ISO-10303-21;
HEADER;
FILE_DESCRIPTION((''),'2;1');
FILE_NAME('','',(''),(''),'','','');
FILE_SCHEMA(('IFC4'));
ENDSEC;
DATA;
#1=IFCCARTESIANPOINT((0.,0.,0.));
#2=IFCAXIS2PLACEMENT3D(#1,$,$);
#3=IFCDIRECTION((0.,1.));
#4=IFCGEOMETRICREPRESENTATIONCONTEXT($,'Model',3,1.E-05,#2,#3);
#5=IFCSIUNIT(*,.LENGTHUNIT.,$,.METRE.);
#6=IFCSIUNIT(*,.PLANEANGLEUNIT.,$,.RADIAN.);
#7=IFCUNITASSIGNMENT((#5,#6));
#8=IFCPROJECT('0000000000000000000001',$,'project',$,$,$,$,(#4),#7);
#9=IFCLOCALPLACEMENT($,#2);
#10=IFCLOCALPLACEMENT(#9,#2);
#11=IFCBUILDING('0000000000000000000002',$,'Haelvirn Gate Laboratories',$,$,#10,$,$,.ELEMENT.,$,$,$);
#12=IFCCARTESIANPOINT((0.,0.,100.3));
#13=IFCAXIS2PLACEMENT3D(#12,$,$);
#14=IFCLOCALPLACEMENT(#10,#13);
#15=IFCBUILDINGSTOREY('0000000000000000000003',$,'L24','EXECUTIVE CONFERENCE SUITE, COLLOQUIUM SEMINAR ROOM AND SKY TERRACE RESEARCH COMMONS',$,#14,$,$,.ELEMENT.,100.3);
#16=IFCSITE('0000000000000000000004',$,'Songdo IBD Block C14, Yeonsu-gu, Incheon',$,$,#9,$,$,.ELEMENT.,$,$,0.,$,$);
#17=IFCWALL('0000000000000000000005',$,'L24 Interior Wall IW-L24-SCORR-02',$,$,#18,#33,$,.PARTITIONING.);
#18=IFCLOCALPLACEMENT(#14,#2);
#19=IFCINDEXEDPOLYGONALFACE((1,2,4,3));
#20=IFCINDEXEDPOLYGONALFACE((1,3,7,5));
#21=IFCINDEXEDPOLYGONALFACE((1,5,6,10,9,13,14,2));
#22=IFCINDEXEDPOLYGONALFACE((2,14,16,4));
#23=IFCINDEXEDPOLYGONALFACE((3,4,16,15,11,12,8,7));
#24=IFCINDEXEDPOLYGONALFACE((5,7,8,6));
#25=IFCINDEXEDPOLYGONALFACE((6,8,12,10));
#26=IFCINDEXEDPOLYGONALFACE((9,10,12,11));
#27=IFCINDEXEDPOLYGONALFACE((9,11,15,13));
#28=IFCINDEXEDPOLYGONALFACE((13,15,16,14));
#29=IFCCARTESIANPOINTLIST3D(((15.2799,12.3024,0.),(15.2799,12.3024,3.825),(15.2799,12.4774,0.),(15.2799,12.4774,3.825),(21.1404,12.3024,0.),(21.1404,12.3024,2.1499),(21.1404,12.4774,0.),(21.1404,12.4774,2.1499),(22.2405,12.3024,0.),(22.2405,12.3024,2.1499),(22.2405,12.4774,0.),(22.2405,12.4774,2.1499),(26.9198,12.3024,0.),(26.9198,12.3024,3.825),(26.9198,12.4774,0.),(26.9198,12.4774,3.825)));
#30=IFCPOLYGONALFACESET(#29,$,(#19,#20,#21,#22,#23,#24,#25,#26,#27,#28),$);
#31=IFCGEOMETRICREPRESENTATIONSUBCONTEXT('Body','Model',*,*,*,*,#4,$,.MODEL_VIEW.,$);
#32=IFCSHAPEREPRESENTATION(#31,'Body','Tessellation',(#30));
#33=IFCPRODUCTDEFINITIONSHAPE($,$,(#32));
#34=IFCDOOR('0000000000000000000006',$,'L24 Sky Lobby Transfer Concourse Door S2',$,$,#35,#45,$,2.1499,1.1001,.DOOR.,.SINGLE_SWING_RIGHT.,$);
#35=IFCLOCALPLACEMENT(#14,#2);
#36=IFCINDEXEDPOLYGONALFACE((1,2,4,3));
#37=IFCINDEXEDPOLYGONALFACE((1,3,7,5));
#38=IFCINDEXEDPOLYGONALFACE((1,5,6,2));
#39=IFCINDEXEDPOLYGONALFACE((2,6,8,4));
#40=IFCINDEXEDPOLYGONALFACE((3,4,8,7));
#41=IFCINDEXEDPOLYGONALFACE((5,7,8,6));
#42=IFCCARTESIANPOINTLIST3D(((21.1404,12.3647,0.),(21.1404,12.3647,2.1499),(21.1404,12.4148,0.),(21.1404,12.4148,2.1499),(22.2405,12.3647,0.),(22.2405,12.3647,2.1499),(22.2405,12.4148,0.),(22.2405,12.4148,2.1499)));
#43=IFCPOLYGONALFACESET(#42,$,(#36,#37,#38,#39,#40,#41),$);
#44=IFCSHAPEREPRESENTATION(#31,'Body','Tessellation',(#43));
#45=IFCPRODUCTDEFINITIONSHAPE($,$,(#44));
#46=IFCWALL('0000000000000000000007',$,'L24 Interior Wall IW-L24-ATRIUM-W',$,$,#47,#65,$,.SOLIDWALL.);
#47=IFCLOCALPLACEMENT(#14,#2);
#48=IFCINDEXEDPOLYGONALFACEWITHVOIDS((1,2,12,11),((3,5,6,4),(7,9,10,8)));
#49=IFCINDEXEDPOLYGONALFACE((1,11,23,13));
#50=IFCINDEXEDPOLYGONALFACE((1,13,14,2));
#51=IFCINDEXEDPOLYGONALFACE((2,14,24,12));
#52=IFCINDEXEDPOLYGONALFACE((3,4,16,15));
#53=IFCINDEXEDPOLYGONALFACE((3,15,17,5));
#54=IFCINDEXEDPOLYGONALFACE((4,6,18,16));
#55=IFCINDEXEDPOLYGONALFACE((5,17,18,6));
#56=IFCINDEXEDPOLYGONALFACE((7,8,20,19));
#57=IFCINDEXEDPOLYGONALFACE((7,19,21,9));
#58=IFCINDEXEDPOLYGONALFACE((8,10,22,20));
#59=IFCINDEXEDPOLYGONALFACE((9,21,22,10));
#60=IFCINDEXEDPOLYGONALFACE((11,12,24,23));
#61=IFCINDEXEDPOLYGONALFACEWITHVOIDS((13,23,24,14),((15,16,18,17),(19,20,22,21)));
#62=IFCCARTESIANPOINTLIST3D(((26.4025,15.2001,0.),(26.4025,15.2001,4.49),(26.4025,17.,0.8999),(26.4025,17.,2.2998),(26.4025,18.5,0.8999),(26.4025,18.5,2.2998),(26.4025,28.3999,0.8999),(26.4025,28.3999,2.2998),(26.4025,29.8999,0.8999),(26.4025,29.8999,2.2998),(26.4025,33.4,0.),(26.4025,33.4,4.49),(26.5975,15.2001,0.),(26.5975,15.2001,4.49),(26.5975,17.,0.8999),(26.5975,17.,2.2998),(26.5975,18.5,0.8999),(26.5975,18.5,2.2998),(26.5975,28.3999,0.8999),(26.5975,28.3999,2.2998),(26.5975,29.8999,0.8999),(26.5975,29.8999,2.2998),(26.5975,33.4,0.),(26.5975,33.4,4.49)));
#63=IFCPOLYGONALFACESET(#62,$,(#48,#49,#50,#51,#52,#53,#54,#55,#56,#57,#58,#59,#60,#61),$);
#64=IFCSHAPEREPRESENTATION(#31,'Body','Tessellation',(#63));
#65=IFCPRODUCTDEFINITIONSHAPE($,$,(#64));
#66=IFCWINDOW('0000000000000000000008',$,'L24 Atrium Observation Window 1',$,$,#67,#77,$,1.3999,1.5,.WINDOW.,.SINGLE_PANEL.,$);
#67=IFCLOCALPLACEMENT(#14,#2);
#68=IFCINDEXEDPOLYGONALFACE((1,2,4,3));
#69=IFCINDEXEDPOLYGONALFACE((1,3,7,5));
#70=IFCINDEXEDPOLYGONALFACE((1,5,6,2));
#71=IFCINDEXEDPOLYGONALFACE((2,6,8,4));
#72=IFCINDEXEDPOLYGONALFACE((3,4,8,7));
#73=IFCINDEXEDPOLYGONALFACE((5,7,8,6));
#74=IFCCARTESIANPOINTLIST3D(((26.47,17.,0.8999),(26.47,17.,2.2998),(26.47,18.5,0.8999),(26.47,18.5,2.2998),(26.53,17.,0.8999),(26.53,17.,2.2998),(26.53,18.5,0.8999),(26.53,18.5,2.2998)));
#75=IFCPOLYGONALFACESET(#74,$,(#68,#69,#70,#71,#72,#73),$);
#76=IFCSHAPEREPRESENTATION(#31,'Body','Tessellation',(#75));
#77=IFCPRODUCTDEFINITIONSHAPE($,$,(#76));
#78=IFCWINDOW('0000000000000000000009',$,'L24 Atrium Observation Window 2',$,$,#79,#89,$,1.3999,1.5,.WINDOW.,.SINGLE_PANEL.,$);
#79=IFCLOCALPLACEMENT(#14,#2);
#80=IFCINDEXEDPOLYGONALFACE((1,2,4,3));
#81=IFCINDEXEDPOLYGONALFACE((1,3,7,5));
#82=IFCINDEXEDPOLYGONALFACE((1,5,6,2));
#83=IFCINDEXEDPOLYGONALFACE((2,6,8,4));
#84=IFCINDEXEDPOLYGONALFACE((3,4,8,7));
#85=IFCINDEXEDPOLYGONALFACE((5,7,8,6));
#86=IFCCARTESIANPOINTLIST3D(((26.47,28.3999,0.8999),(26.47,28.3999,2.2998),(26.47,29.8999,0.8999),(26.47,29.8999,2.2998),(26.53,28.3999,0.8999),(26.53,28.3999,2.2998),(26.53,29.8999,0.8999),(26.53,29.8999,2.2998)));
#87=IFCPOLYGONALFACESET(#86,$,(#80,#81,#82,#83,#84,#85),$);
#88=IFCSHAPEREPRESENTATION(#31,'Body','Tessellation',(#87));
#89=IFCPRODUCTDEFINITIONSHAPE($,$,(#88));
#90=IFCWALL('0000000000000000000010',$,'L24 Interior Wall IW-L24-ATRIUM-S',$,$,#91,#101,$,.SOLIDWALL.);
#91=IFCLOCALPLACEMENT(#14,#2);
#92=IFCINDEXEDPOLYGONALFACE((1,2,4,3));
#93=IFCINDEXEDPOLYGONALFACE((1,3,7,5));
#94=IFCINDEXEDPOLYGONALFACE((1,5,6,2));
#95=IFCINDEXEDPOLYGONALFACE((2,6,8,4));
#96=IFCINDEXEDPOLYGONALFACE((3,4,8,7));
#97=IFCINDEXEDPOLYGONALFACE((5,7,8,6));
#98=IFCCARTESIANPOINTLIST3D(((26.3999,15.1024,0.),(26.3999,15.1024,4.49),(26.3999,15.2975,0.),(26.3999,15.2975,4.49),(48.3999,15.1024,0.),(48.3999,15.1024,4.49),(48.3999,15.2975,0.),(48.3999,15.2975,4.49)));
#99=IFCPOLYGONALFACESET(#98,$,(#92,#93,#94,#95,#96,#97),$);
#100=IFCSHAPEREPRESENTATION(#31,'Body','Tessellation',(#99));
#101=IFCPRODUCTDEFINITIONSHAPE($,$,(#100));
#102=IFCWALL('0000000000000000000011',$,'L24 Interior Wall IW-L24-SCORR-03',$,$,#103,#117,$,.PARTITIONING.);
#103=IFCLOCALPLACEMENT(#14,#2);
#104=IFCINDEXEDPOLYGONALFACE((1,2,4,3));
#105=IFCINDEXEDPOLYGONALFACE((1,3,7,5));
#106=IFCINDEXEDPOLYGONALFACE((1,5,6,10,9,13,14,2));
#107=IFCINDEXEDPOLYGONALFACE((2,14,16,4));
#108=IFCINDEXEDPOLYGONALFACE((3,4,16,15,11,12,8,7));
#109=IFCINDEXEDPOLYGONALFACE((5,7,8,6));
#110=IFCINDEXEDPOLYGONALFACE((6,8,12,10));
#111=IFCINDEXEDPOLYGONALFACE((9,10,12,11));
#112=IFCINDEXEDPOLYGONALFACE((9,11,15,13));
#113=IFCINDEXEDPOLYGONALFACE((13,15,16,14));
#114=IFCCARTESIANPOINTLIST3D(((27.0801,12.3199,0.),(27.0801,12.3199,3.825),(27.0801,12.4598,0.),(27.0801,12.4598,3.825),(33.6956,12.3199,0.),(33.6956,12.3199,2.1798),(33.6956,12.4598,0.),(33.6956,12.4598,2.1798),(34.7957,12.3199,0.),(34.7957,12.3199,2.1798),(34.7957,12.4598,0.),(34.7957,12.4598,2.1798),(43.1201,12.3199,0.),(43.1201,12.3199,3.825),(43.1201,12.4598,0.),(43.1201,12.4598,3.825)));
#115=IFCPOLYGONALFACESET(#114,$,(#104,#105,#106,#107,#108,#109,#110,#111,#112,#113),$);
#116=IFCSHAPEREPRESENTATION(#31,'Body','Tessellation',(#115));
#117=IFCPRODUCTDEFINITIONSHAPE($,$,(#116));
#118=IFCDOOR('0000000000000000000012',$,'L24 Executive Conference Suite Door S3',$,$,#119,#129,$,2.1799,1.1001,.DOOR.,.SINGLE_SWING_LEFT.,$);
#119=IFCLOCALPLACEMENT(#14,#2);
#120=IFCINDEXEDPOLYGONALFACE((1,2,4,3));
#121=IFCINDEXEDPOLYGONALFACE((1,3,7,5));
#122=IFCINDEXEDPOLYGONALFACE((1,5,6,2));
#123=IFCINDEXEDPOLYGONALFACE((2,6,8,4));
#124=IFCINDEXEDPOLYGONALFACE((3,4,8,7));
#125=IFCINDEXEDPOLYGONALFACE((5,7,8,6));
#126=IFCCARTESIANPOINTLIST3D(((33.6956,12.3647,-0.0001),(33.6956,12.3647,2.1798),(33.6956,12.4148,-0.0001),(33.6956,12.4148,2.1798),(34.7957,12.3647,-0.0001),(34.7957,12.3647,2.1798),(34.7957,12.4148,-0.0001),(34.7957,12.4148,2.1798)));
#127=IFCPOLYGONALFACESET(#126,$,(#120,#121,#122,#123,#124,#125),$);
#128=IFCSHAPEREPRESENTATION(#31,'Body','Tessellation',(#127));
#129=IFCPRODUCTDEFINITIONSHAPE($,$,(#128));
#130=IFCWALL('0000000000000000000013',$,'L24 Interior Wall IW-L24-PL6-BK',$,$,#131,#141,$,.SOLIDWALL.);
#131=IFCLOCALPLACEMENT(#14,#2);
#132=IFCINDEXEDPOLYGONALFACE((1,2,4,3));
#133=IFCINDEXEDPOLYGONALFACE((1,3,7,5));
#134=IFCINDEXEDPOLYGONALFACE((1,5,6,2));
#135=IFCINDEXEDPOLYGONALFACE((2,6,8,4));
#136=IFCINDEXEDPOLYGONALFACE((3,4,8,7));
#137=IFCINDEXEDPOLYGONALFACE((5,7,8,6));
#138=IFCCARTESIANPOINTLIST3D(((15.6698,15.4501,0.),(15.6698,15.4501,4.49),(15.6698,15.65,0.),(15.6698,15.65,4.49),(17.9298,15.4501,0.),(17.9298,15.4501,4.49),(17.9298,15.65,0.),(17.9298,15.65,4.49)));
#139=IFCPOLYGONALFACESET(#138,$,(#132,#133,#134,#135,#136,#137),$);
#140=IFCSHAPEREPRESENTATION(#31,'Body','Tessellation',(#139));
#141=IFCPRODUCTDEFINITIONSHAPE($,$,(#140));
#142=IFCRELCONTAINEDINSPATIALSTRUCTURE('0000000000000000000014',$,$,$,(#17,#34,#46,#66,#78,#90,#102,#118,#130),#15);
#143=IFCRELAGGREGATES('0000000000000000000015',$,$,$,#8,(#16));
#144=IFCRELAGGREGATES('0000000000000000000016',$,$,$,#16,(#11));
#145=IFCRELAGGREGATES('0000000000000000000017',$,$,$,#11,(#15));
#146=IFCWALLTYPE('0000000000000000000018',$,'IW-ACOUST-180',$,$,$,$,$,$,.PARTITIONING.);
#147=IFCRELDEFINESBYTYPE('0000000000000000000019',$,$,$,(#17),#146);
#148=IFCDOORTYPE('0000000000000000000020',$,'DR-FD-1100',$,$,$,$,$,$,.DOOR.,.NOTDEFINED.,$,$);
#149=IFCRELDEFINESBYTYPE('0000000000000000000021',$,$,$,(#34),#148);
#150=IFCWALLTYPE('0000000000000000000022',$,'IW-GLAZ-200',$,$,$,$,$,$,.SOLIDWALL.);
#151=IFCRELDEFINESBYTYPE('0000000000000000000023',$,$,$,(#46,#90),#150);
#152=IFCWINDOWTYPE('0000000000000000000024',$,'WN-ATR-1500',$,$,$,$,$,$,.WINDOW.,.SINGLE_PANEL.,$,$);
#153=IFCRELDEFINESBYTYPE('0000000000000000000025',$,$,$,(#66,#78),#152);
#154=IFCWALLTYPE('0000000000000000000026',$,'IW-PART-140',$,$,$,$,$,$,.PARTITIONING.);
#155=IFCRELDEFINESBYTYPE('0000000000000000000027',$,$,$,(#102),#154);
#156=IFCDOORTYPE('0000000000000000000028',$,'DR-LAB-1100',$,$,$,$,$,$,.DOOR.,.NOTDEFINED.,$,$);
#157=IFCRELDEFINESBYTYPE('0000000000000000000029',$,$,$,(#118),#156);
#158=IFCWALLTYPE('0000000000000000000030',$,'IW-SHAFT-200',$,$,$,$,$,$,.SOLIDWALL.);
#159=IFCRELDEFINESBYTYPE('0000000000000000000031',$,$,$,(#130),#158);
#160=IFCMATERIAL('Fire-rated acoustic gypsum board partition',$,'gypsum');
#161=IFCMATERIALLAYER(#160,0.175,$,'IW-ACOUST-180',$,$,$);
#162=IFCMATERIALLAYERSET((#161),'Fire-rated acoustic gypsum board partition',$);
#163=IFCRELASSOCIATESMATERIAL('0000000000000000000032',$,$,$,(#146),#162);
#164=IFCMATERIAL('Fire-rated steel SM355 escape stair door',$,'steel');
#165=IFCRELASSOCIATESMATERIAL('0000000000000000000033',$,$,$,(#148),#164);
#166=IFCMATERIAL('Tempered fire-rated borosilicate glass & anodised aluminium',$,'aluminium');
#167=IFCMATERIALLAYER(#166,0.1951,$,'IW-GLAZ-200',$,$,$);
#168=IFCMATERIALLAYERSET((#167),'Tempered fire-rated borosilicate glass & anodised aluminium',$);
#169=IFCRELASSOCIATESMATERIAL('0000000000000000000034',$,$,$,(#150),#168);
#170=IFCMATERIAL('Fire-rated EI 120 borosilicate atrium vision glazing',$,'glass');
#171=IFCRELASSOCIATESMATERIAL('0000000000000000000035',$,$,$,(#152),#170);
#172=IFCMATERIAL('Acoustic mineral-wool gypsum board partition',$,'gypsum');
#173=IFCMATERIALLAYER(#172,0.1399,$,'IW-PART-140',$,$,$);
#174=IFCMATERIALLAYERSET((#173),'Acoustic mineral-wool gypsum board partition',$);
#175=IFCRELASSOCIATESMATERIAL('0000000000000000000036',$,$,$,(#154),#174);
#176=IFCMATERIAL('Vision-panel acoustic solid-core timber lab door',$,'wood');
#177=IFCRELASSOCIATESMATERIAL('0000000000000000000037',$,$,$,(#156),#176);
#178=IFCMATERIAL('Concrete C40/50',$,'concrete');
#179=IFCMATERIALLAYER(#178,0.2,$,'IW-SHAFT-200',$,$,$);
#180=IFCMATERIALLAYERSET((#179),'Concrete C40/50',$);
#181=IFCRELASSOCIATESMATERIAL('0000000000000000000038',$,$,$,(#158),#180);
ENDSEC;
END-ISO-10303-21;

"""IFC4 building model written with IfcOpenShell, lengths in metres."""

from ifc_helpers import new_model, si_unit, direction, frame, frame_2d, origin, place, context, subcontext, project, spatial, rectangle, extrude, source, transform, mapped, material, layer, layer_set, type_object, type_shapes, element, fill, save


model = new_model("IFC4")

# Units and contexts
model_context = context("Model", 3, precision=1e-05, world=origin(), true_north=direction((0.0, 1.0)))
body_context = subcontext(model_context, "Body", "Model", "MODEL_VIEW")
ifc_project = project(units=[si_unit("LENGTHUNIT", "METRE"), si_unit("PLANEANGLEUNIT", "RADIAN")], contexts=[model_context])

# Site, building, storey
site_placement = place(None, origin())
site = spatial("IfcSite", under=ifc_project, at=site_placement, Name="Songdo IBD Block C14, Yeonsu-gu, Incheon", CompositionType="ELEMENT", RefElevation=0.0)
building_placement = place(site_placement, origin())
building = spatial("IfcBuilding", under=site, at=building_placement, Name="Haelvirn Gate Laboratories", CompositionType="ELEMENT")
storey_placement = place(building_placement, frame((0.0, 0.0, 100.3)))
storey = spatial("IfcBuildingStorey", under=building, at=storey_placement, Name="L24", Description="EXECUTIVE CONFERENCE SUITE, COLLOQUIUM SEMINAR ROOM AND SKY TERRACE RESEARCH COMMONS", CompositionType="ELEMENT", Elevation=100.3)

# Wall, opening, door
ifc_material_1 = material(Name="Fire-rated acoustic gypsum board partition", Category="gypsum")
ifc_layer_1 = layer(ifc_material_1, 0.175, Name="IW-ACOUST-180")
ifc_layer_set_1 = layer_set([ifc_layer_1], Name="Fire-rated acoustic gypsum board partition")
wall_type_1 = type_object("IfcWallType", Name="IW-ACOUST-180", PredefinedType="PARTITIONING", material=ifc_layer_set_1)
wall_1_placement = place(storey_placement, frame((15.28, 12.3899, 0.0), z_axis=(0.0, 0.0, 1.0), x_axis=(1.0, 0.0, 0.0)))
wall_1 = element("IfcWall", 1, at=wall_1_placement, inside=storey, type_object=wall_type_1, Name="L24 Interior Wall IW-L24-SCORR-02", PredefinedType="PARTITIONING", context=body_context, shape_type="SweptSolid", body=[
    extrude(rectangle(XDim=11.6399, YDim=0.175, at=frame_2d((5.8198, 0.0))), origin(), (0.0, 0.0, 1.0), 3.825),
])
opening_1_placement = place(wall_1_placement, frame((5.8604, 0.0, 0.0)))
opening_1 = element("IfcOpeningElement", 2, at=opening_1_placement, cuts=wall_1, PredefinedType="OPENING", context=body_context, shape_type="SweptSolid", body=[
    extrude(rectangle(XDim=1.1001, YDim=2.1499, at=frame_2d((0.55, 1.075))), frame((0.0, 0.0977, 0.0), z_axis=(0.0, -1.0, 0.0), x_axis=(1.0, 0.0, 0.0)), (0.0, 0.0, 1.0), 0.1951),
])
ifc_material_2 = material(Name="Fire-rated steel SM355 escape stair door", Category="steel")
door_type_1 = type_object("IfcDoorType", Name="DR-FD-1100", OperationType="NOTDEFINED", PredefinedType="DOOR", material=ifc_material_2)
shared_shape_1 = source(origin(), body_context, "Body", "SweptSolid", [
    extrude(rectangle(XDim=1.1001, YDim=2.1499, at=frame_2d((0.55, 1.075))), frame((0.0, 0.0249, 0.0), z_axis=(0.0, -1.0, 0.0), x_axis=(1.0, 0.0, 0.0)), (0.0, 0.0, 1.0), 0.05),
])
type_shapes(door_type_1, [shared_shape_1])
door_1_placement = place(opening_1_placement, origin())
door_1 = element("IfcDoor", 3, at=door_1_placement, inside=storey, type_object=door_type_1, Name="L24 Sky Lobby Transfer Concourse Door S2", OperationType="SINGLE_SWING_RIGHT", OverallHeight=2.1499, OverallWidth=1.1001, PredefinedType="DOOR", context=body_context, shape_type="MappedRepresentation", body=[
    mapped(shared_shape_1, transform((0.0, 0.0, 0.0), scale=1.0)),
])
fill(opening_1, door_1)

# Wall, openings, windows
ifc_material_3 = material(Name="Tempered fire-rated borosilicate glass & anodised aluminium", Category="aluminium")
ifc_layer_2 = layer(ifc_material_3, 0.1951, Name="IW-GLAZ-200")
ifc_layer_set_2 = layer_set([ifc_layer_2], Name="Tempered fire-rated borosilicate glass & anodised aluminium")
wall_type_2 = type_object("IfcWallType", Name="IW-GLAZ-200", PredefinedType="SOLIDWALL", material=ifc_layer_set_2)
wall_2_placement = place(storey_placement, frame((26.5, 15.2, 0.0), z_axis=(0.0, 0.0, 1.0), x_axis=(0.0, 1.0, 0.0)))
wall_2 = element("IfcWall", 4, at=wall_2_placement, inside=storey, type_object=wall_type_2, Name="L24 Interior Wall IW-L24-ATRIUM-W", PredefinedType="SOLIDWALL", context=body_context, shape_type="SweptSolid", body=[
    extrude(rectangle(XDim=18.2, YDim=0.1951, at=frame_2d((9.1001, 0.0))), origin(), (0.0, 0.0, 1.0), 4.49),
])
opening_2_placement = place(wall_2_placement, frame((1.8, 0.0, 0.8999)))
opening_2 = element("IfcOpeningElement", 5, at=opening_2_placement, cuts=wall_2, PredefinedType="OPENING", context=body_context, shape_type="SweptSolid", body=[
    extrude(rectangle(XDim=1.5, YDim=1.3999, at=frame_2d((0.75, 0.7))), frame((0.0, 0.1074, 0.0), z_axis=(0.0, -1.0, 0.0), x_axis=(1.0, 0.0, 0.0)), (0.0, 0.0, 1.0), 0.2151),
])
opening_3_placement = place(wall_2_placement, frame((13.2, 0.0, 0.8999)))
opening_3 = element("IfcOpeningElement", 6, at=opening_3_placement, cuts=wall_2, PredefinedType="OPENING", context=body_context, shape_type="SweptSolid", body=[
    extrude(rectangle(XDim=1.5, YDim=1.3999, at=frame_2d((0.75, 0.7))), frame((0.0, 0.1074, 0.0), z_axis=(0.0, -1.0, 0.0), x_axis=(1.0, 0.0, 0.0)), (0.0, 0.0, 1.0), 0.2151),
])
ifc_material_4 = material(Name="Fire-rated EI 120 borosilicate atrium vision glazing", Category="glass")
window_type = type_object("IfcWindowType", Name="WN-ATR-1500", PartitioningType="SINGLE_PANEL", PredefinedType="WINDOW", material=ifc_material_4)
shared_shape_2 = source(origin(), body_context, "Body", "SweptSolid", [
    extrude(rectangle(XDim=1.5, YDim=1.3999, at=frame_2d((0.75, 0.7))), frame((0.0, 0.03, 0.0), z_axis=(0.0, -1.0, 0.0), x_axis=(1.0, 0.0, 0.0)), (0.0, 0.0, 1.0), 0.0601),
])
type_shapes(window_type, [shared_shape_2])
window_1_placement = place(opening_2_placement, origin())
window_1 = element("IfcWindow", 7, at=window_1_placement, inside=storey, type_object=window_type, Name="L24 Atrium Observation Window 1", OverallHeight=1.3999, OverallWidth=1.5, PartitioningType="SINGLE_PANEL", PredefinedType="WINDOW", context=body_context, shape_type="MappedRepresentation", body=[
    mapped(shared_shape_2, transform((0.0, 0.0, 0.0), scale=1.0)),
])
fill(opening_2, window_1)
window_2_placement = place(opening_3_placement, origin())
window_2 = element("IfcWindow", 8, at=window_2_placement, inside=storey, type_object=window_type, Name="L24 Atrium Observation Window 2", OverallHeight=1.3999, OverallWidth=1.5, PartitioningType="SINGLE_PANEL", PredefinedType="WINDOW", context=body_context, shape_type="MappedRepresentation", body=[
    mapped(shared_shape_2, transform((0.0, 0.0, 0.0), scale=1.0)),
])
fill(opening_3, window_2)

# Wall
wall_3_placement = place(storey_placement, frame((26.3999, 15.2, 0.0), z_axis=(0.0, 0.0, 1.0), x_axis=(1.0, 0.0, 0.0)))
element("IfcWall", 9, at=wall_3_placement, inside=storey, type_object=wall_type_2, Name="L24 Interior Wall IW-L24-ATRIUM-S", PredefinedType="SOLIDWALL", context=body_context, shape_type="SweptSolid", body=[
    extrude(rectangle(XDim=22.0, YDim=0.1951, at=frame_2d((11.0, 0.0))), origin(), (0.0, 0.0, 1.0), 4.49),
])

# Wall, opening, door
ifc_material_5 = material(Name="Acoustic mineral-wool gypsum board partition", Category="gypsum")
ifc_layer_3 = layer(ifc_material_5, 0.1399, Name="IW-PART-140")
ifc_layer_set_3 = layer_set([ifc_layer_3], Name="Acoustic mineral-wool gypsum board partition")
wall_type_3 = type_object("IfcWallType", Name="IW-PART-140", PredefinedType="PARTITIONING", material=ifc_layer_set_3)
wall_4_placement = place(storey_placement, frame((27.0801, 12.3899, 0.0), z_axis=(0.0, 0.0, 1.0), x_axis=(1.0, 0.0, 0.0)))
wall_4 = element("IfcWall", 10, at=wall_4_placement, inside=storey, type_object=wall_type_3, Name="L24 Interior Wall IW-L24-SCORR-03", PredefinedType="PARTITIONING", context=body_context, shape_type="SweptSolid", body=[
    extrude(rectangle(XDim=16.04, YDim=0.1399, at=frame_2d((8.02, 0.0))), origin(), (0.0, 0.0, 1.0), 3.825),
])
opening_4_placement = place(wall_4_placement, frame((6.6155, 0.0, 0.0)))
opening_4 = element("IfcOpeningElement", 11, at=opening_4_placement, cuts=wall_4, PredefinedType="OPENING", context=body_context, shape_type="SweptSolid", body=[
    extrude(rectangle(XDim=1.1001, YDim=2.1799, at=frame_2d((0.55, 1.0898))), frame((0.0, 0.0801, 0.0), z_axis=(0.0, -1.0, 0.0), x_axis=(1.0, 0.0, 0.0)), (0.0, 0.0, 1.0), 0.1599),
])
ifc_material_6 = material(Name="Vision-panel acoustic solid-core timber lab door", Category="wood")
door_type_2 = type_object("IfcDoorType", Name="DR-LAB-1100", OperationType="NOTDEFINED", PredefinedType="DOOR", material=ifc_material_6)
shared_shape_3 = source(origin(), body_context, "Body", "SweptSolid", [
    extrude(rectangle(XDim=1.1001, YDim=2.1799, at=frame_2d((0.55, 1.0898))), frame((0.0, 0.0249, 0.0), z_axis=(0.0, -1.0, 0.0), x_axis=(1.0, 0.0, 0.0)), (0.0, 0.0, 1.0), 0.05),
])
type_shapes(door_type_2, [shared_shape_3])
door_2_placement = place(opening_4_placement, origin())
door_2 = element("IfcDoor", 12, at=door_2_placement, inside=storey, type_object=door_type_2, Name="L24 Executive Conference Suite Door S3", OperationType="SINGLE_SWING_LEFT", OverallHeight=2.1799, OverallWidth=1.1001, PredefinedType="DOOR", context=body_context, shape_type="MappedRepresentation", body=[
    mapped(shared_shape_3, transform((0.0, 0.0, 0.0), scale=1.0)),
])
fill(opening_4, door_2)

# Wall
ifc_material_7 = material(Name="Concrete C40/50", Category="concrete")
ifc_layer_4 = layer(ifc_material_7, 0.2, Name="IW-SHAFT-200")
ifc_layer_set_4 = layer_set([ifc_layer_4], Name="Concrete C40/50")
wall_type_4 = type_object("IfcWallType", Name="IW-SHAFT-200", PredefinedType="SOLIDWALL", material=ifc_layer_set_4)
wall_5_placement = place(storey_placement, frame((15.6699, 15.55, 0.0), z_axis=(0.0, 0.0, 1.0), x_axis=(1.0, 0.0, 0.0)))
element("IfcWall", 13, at=wall_5_placement, inside=storey, type_object=wall_type_4, Name="L24 Interior Wall IW-L24-PL6-BK", PredefinedType="SOLIDWALL", context=body_context, shape_type="SweptSolid", body=[
    extrude(rectangle(XDim=2.26, YDim=0.2, at=frame_2d((1.1299, 0.0))), origin(), (0.0, 0.0, 1.0), 4.49),
])

save(model, "model.ifc")
